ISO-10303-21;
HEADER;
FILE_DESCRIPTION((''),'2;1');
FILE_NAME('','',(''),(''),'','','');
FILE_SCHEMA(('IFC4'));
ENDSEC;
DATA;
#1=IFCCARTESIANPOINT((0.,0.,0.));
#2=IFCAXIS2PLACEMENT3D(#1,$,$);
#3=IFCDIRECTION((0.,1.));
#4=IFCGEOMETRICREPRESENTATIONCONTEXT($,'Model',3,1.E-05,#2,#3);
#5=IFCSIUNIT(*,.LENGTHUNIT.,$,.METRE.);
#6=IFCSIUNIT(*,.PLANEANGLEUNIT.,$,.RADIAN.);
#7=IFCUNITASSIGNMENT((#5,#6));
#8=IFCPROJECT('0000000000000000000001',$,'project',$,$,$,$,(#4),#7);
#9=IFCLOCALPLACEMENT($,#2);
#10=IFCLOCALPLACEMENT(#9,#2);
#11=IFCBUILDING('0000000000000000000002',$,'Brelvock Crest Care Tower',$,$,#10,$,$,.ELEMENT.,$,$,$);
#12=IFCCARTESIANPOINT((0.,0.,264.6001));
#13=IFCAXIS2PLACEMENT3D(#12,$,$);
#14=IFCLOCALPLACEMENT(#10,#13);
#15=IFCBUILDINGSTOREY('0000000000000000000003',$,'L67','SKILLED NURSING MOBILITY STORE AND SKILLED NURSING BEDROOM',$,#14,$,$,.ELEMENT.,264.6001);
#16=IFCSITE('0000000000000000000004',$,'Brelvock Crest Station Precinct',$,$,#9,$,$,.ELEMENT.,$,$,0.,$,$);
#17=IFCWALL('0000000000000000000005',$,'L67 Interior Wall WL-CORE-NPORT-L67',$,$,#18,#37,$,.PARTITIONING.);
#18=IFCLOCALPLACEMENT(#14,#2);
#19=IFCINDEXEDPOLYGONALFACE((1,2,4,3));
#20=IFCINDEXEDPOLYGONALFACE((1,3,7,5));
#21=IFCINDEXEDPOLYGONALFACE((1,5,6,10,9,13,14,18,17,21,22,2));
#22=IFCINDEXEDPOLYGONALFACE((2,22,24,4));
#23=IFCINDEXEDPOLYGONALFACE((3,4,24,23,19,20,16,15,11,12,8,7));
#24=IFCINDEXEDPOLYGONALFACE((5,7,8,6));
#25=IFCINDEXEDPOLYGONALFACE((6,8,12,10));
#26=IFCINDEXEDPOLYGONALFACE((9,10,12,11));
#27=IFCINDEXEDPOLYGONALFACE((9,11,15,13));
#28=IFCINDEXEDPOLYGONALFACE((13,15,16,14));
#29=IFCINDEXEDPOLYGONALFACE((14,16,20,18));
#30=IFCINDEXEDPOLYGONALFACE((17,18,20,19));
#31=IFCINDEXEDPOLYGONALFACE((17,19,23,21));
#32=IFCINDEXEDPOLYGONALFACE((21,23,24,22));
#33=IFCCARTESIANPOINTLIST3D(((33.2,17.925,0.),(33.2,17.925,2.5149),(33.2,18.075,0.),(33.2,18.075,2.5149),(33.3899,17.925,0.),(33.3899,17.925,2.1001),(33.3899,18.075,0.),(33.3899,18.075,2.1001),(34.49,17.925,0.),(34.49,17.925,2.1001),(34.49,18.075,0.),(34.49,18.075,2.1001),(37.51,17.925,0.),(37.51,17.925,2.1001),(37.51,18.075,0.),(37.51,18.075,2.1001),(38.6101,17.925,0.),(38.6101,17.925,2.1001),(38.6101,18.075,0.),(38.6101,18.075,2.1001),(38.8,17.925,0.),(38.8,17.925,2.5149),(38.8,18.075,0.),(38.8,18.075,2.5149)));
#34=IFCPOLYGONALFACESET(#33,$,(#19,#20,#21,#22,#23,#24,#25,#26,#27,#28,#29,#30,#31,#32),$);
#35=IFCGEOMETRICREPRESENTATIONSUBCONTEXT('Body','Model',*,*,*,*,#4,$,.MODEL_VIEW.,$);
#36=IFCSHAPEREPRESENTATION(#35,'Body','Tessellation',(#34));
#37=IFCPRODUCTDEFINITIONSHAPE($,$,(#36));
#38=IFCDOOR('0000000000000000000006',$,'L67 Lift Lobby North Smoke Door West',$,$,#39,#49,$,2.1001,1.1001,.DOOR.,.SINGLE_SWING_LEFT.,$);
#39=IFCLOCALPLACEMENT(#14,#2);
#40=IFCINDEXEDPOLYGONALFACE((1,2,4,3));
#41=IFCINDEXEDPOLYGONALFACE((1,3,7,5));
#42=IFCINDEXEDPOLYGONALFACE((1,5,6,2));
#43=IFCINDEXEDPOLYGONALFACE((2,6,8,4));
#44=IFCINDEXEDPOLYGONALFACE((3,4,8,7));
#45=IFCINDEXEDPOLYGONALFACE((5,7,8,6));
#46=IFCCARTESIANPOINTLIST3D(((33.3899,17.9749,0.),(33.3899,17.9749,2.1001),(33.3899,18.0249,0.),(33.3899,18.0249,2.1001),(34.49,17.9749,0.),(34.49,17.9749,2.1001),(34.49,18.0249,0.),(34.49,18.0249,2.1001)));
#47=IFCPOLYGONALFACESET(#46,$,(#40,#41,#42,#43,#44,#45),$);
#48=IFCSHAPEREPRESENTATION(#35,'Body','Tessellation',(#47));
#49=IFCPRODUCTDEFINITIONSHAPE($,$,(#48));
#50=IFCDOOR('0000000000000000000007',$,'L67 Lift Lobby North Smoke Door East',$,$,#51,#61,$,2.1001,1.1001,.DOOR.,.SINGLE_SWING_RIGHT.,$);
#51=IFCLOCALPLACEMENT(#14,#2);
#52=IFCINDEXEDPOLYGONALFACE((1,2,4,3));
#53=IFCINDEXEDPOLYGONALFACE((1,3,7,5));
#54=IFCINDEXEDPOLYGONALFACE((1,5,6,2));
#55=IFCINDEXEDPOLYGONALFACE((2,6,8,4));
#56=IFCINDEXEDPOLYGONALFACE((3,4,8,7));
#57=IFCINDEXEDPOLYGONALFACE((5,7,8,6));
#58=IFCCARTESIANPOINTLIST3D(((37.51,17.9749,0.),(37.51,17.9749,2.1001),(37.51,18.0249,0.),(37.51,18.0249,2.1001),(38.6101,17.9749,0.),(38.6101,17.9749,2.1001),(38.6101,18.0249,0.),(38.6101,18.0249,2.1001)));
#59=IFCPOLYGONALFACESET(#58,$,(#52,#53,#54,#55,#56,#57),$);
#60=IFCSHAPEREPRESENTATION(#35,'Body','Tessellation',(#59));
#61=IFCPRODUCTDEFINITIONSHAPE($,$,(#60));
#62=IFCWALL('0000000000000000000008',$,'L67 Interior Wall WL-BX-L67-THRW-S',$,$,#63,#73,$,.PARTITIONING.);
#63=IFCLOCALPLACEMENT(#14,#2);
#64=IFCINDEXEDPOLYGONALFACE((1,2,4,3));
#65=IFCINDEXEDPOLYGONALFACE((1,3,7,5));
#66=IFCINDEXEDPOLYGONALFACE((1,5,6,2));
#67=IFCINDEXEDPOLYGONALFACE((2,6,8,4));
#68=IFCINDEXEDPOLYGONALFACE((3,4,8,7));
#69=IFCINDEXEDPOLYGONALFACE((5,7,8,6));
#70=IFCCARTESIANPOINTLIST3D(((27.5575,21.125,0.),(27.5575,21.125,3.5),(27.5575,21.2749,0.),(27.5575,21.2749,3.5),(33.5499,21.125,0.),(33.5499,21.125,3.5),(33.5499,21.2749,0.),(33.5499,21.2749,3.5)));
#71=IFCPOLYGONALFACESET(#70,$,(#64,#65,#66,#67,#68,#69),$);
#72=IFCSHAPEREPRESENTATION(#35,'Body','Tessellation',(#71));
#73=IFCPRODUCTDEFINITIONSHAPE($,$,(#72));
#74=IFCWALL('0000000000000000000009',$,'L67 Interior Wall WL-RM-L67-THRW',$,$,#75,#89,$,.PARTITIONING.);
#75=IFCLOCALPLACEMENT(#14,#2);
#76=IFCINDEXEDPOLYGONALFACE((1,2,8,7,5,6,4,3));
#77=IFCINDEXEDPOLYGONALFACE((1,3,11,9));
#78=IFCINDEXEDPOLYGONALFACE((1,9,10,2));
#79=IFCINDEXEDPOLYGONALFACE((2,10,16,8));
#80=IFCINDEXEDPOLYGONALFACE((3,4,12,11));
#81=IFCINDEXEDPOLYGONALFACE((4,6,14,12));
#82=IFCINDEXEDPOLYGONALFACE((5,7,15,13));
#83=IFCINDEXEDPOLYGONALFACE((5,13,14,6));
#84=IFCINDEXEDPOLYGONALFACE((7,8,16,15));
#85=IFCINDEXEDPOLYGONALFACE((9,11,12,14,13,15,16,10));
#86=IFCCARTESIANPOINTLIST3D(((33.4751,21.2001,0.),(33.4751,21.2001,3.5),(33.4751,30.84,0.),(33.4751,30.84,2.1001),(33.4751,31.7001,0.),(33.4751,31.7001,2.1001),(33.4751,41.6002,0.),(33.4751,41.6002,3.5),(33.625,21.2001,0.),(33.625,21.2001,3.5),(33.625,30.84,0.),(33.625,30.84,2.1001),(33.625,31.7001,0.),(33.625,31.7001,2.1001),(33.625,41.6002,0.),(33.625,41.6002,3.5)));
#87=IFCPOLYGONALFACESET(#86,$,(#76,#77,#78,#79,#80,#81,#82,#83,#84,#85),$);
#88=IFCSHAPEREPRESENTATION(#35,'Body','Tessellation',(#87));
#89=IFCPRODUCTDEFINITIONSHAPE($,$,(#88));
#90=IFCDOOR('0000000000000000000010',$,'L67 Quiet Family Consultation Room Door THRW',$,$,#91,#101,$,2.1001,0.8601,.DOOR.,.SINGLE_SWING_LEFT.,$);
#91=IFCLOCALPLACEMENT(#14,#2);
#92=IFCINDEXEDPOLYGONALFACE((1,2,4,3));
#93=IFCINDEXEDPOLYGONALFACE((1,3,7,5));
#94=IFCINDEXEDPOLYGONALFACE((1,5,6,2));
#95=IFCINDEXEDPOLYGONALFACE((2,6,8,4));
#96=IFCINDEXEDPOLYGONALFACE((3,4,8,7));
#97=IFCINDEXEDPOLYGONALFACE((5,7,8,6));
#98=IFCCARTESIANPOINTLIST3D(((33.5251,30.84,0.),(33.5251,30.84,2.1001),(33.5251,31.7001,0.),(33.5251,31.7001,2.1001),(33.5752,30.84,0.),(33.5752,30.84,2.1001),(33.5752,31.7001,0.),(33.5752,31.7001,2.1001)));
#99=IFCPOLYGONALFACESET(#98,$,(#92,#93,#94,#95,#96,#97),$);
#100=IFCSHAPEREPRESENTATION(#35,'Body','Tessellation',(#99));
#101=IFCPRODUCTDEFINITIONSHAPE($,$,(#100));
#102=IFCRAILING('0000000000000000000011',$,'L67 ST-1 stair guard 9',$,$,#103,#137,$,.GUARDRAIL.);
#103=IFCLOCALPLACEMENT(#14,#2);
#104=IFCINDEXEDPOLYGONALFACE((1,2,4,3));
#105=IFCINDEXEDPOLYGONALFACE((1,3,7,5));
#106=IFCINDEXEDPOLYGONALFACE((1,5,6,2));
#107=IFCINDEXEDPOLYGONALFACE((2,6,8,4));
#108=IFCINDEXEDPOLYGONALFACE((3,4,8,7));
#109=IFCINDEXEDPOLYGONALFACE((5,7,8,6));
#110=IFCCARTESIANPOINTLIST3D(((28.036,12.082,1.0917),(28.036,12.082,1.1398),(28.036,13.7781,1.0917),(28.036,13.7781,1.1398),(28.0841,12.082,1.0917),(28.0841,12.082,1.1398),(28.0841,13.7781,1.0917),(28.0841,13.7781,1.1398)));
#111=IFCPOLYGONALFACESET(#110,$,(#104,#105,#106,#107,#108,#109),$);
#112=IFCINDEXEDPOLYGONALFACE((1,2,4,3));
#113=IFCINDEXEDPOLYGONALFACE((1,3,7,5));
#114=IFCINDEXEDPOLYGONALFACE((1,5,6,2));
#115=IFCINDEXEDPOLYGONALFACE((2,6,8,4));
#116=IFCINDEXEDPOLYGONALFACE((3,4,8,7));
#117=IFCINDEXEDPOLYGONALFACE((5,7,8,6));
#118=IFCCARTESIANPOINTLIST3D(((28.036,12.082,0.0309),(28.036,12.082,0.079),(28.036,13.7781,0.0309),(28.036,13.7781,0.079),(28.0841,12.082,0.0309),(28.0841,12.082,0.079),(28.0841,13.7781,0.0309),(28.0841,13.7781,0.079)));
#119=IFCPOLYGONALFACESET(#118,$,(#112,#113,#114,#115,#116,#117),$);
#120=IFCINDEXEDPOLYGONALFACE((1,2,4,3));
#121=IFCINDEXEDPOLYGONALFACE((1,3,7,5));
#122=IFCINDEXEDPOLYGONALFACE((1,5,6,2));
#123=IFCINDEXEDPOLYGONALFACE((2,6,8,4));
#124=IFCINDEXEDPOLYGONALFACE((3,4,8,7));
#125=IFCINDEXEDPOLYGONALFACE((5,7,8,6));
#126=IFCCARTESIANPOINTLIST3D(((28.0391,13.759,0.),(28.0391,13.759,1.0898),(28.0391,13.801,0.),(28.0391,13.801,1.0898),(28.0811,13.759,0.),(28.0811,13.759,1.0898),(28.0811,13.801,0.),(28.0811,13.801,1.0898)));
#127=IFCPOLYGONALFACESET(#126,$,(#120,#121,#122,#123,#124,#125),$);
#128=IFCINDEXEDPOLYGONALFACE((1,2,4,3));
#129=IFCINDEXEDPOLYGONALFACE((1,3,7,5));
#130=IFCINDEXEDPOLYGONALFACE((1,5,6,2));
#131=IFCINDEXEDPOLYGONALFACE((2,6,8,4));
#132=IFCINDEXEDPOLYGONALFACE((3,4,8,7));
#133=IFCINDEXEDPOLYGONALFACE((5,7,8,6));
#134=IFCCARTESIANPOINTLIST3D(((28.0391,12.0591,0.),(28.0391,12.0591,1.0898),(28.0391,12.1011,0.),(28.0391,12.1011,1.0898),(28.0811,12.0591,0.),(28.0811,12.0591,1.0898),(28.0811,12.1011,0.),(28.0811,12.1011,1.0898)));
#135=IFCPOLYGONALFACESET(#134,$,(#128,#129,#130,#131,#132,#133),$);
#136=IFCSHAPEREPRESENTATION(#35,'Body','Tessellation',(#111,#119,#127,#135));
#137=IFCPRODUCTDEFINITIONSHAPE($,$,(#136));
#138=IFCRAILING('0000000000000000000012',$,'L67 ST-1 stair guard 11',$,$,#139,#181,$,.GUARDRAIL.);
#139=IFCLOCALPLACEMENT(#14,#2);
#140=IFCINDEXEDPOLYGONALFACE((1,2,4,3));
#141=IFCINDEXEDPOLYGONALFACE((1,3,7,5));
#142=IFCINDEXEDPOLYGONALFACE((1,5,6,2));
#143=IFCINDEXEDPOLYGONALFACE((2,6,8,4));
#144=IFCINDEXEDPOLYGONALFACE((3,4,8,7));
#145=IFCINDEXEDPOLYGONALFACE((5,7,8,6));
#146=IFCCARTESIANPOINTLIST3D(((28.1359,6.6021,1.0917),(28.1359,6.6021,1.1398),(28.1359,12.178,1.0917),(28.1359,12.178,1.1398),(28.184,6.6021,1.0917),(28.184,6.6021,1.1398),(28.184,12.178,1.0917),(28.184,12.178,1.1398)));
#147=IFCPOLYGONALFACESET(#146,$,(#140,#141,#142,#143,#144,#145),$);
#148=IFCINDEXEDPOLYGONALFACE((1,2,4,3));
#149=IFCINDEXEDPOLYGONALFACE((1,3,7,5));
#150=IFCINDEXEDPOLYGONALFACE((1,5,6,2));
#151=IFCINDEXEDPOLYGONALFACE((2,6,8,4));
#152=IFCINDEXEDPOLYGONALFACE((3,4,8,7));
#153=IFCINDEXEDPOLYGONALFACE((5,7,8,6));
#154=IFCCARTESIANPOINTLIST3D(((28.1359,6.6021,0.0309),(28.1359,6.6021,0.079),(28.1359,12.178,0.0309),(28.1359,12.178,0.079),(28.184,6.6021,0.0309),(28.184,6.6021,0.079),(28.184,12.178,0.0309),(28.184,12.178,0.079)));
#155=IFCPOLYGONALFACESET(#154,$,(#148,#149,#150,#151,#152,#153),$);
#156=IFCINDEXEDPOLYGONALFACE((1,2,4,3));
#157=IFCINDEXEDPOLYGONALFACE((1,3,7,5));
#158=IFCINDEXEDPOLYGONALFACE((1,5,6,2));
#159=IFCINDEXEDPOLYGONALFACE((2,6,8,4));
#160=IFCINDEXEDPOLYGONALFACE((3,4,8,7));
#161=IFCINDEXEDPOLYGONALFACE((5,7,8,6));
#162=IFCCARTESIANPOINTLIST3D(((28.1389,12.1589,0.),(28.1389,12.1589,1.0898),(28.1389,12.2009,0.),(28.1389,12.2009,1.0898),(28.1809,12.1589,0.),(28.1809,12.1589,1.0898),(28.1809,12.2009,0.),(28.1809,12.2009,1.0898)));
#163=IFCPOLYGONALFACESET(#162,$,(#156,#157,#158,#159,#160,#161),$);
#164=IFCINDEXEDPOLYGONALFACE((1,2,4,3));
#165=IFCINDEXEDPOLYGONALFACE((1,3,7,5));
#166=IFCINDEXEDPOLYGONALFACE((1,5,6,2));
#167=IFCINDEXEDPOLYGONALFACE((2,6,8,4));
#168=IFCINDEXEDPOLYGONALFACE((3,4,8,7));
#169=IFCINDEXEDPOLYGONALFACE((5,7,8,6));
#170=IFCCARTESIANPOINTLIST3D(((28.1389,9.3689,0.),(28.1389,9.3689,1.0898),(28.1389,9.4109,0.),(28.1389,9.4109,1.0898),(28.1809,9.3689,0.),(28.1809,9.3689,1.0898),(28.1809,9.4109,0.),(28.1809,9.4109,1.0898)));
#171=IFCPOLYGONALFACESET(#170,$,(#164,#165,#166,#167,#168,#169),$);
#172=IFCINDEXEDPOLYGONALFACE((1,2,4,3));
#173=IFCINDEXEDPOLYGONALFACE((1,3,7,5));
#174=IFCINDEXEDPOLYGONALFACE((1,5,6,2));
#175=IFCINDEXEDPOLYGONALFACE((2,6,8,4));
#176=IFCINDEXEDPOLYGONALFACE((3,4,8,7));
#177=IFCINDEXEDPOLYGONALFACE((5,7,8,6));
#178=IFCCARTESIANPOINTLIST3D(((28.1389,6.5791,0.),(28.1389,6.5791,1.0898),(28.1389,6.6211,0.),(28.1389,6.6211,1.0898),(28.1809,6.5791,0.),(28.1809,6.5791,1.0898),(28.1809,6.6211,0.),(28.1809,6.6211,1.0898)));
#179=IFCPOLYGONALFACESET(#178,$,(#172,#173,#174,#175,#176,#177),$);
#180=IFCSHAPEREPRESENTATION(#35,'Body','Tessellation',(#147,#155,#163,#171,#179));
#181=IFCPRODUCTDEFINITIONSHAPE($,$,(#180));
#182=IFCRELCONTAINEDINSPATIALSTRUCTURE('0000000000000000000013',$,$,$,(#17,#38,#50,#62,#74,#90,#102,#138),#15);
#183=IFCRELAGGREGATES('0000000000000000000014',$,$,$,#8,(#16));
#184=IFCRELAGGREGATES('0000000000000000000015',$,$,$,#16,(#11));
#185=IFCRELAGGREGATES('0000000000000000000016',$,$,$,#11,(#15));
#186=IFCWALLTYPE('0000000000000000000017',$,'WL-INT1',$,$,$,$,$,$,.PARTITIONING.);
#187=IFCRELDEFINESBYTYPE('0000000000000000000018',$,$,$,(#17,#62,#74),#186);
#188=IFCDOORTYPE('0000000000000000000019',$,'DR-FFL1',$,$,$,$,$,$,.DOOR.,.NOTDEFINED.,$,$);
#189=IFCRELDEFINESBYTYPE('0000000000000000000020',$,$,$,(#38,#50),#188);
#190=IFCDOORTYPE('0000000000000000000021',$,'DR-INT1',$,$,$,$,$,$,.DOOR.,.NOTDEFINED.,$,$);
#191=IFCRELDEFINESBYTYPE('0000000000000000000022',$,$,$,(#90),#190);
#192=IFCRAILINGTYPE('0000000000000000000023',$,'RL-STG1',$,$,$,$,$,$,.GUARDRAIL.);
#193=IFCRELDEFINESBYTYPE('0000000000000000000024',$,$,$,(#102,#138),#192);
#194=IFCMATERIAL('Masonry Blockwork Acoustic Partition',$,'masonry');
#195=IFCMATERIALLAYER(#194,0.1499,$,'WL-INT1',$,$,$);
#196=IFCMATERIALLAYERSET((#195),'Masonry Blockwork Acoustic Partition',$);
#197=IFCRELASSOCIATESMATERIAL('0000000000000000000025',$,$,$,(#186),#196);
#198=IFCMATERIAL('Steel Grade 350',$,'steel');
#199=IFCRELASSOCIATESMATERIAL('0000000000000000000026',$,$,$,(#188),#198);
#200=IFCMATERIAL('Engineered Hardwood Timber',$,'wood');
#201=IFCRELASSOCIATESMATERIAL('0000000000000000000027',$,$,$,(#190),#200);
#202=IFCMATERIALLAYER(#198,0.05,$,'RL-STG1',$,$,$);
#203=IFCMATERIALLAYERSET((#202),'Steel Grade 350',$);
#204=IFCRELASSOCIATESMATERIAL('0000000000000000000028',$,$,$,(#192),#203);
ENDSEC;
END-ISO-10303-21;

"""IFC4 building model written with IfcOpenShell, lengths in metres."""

from ifc_helpers import new_model, si_unit, direction, frame, frame_2d, origin, origin_2d, place, context, subcontext, project, spatial, rectangle, extrude, source, transform, mapped, material, layer, layer_set, type_object, element, fill, save


model = new_model("IFC4")

# Units and contexts
model_context = context("Model", 3, precision=1e-05, world=origin(), true_north=direction((0.0, 1.0)))
body_context = subcontext(model_context, "Body", "Model", "MODEL_VIEW")
ifc_project = project(units=[si_unit("LENGTHUNIT", "METRE"), si_unit("PLANEANGLEUNIT", "RADIAN")], contexts=[model_context])

# Site, building, storey
site_placement = place(None, origin())
site = spatial("IfcSite", under=ifc_project, at=site_placement, Name="Brelvock Crest Station Precinct", CompositionType="ELEMENT", RefElevation=0.0)
building_placement = place(site_placement, origin())
building = spatial("IfcBuilding", under=site, at=building_placement, Name="Brelvock Crest Care Tower", CompositionType="ELEMENT")
storey_placement = place(building_placement, frame((0.0, 0.0, 264.6001)))
storey = spatial("IfcBuildingStorey", under=building, at=storey_placement, Name="L67", Description="SKILLED NURSING MOBILITY STORE AND SKILLED NURSING BEDROOM", CompositionType="ELEMENT", Elevation=264.6001)

# Shared definitions
ifc_material_1 = material(Name="Steel Grade 350", Category="steel")

# Shared definitions
ifc_material_2 = material(Name="Masonry Blockwork Acoustic Partition", Category="masonry")
ifc_layer_1 = layer(ifc_material_2, 0.1499, Name="WL-INT1")
ifc_layer_set_1 = layer_set([ifc_layer_1], Name="Masonry Blockwork Acoustic Partition")
wall_type = type_object("IfcWallType", Name="WL-INT1", PredefinedType="PARTITIONING", material=ifc_layer_set_1)

# Wall, openings, doors
wall_1_placement = place(storey_placement, frame((33.2, 18.0, 0.0), z_axis=(0.0, 0.0, 1.0), x_axis=(1.0, 0.0, 0.0)))
wall_1 = element("IfcWall", 1, at=wall_1_placement, inside=storey, type_object=wall_type, Name="L67 Interior Wall WL-CORE-NPORT-L67", PredefinedType="PARTITIONING", context=body_context, shape_type="SweptSolid", body=[
    extrude(rectangle(XDim=5.6001, YDim=0.1499, at=frame_2d((2.8, 0.0))), origin(), (0.0, 0.0, 1.0), 2.5149),
])
opening_1_placement = place(wall_1_placement, frame((0.1899, 0.0, 0.0)))
opening_1 = element("IfcOpeningElement", 2, at=opening_1_placement, cuts=wall_1, PredefinedType="OPENING", context=body_context, shape_type="SweptSolid", body=[
    extrude(rectangle(XDim=1.1001, YDim=2.1001, at=origin_2d()), frame((0.55, 0.085, 1.05), z_axis=(0.0, -1.0, 0.0), x_axis=(1.0, 0.0, 0.0)), (0.0, 0.0, 1.0), 0.1699),
])
opening_2_placement = place(wall_1_placement, frame((4.3101, 0.0, 0.0)))
opening_2 = element("IfcOpeningElement", 3, at=opening_2_placement, cuts=wall_1, PredefinedType="OPENING", context=body_context, shape_type="SweptSolid", body=[
    extrude(rectangle(XDim=1.1001, YDim=2.1001, at=origin_2d()), frame((0.55, 0.085, 1.05), z_axis=(0.0, -1.0, 0.0), x_axis=(1.0, 0.0, 0.0)), (0.0, 0.0, 1.0), 0.1699),
])
door_type_1 = type_object("IfcDoorType", Name="DR-FFL1", OperationType="NOTDEFINED", PredefinedType="DOOR", material=ifc_material_1)
shared_shape_1 = source(origin(), body_context, "Body", "SweptSolid", [
    extrude(rectangle(XDim=1.1001, YDim=2.1001, at=origin_2d()), frame((0.55, 0.0249, 1.05), z_axis=(0.0, -1.0, 0.0), x_axis=(1.0, 0.0, 0.0)), (0.0, 0.0, 1.0), 0.05),
])
door_1_placement = place(opening_1_placement, origin())
door_1 = element("IfcDoor", 4, at=door_1_placement, inside=storey, type_object=door_type_1, Name="L67 Lift Lobby North Smoke Door West", OperationType="SINGLE_SWING_LEFT", OverallHeight=2.1001, OverallWidth=1.1001, PredefinedType="DOOR", context=body_context, shape_type="MappedRepresentation", body=[
    mapped(shared_shape_1, transform((0.0, 0.0, 0.0), x_axis=(1.0, 0.0, 0.0), y_axis=(0.0, 1.0, 0.0), z_axis=(0.0, 0.0, 1.0), scale=1.0)),
])
fill(opening_1, door_1)
door_2_placement = place(opening_2_placement, origin())
door_2 = element("IfcDoor", 5, at=door_2_placement, inside=storey, type_object=door_type_1, Name="L67 Lift Lobby North Smoke Door East", OperationType="SINGLE_SWING_RIGHT", OverallHeight=2.1001, OverallWidth=1.1001, PredefinedType="DOOR", context=body_context, shape_type="MappedRepresentation", body=[
    mapped(shared_shape_1, transform((0.0, 0.0, 0.0), x_axis=(1.0, 0.0, 0.0), y_axis=(0.0, 1.0, 0.0), z_axis=(0.0, 0.0, 1.0), scale=1.0)),
])
fill(opening_2, door_2)

# Wall
wall_2_placement = place(storey_placement, frame((27.5576, 21.2, 0.0), z_axis=(0.0, 0.0, 1.0), x_axis=(1.0, 0.0, 0.0)))
element("IfcWall", 6, at=wall_2_placement, inside=storey, type_object=wall_type, Name="L67 Interior Wall WL-BX-L67-THRW-S", PredefinedType="PARTITIONING", context=body_context, shape_type="SweptSolid", body=[
    extrude(rectangle(XDim=5.9924, YDim=0.1499, at=frame_2d((2.9961, 0.0))), origin(), (0.0, 0.0, 1.0), 3.5),
])

# Wall, opening, door
wall_3_placement = place(storey_placement, frame((33.55, 21.2, 0.0), z_axis=(0.0, 0.0, 1.0), x_axis=(0.0, 1.0, 0.0)))
wall_3 = element("IfcWall", 7, at=wall_3_placement, inside=storey, type_object=wall_type, Name="L67 Interior Wall WL-RM-L67-THRW", PredefinedType="PARTITIONING", context=body_context, shape_type="SweptSolid", body=[
    extrude(rectangle(XDim=20.4001, YDim=0.1499, at=frame_2d((10.2002, 0.0))), origin(), (0.0, 0.0, 1.0), 3.5),
])
opening_3_placement = place(wall_3_placement, frame((9.6399, 0.0, 0.0)))
opening_3 = element("IfcOpeningElement", 8, at=opening_3_placement, cuts=wall_3, PredefinedType="OPENING", context=body_context, shape_type="SweptSolid", body=[
    extrude(rectangle(XDim=0.8601, YDim=2.1001, at=origin_2d()), frame((0.4302, 0.085, 1.05), z_axis=(0.0, -1.0, 0.0), x_axis=(1.0, 0.0, 0.0)), (0.0, 0.0, 1.0), 0.1699),
])
ifc_material_3 = material(Name="Engineered Hardwood Timber", Category="wood")
door_type_2 = type_object("IfcDoorType", Name="DR-INT1", OperationType="NOTDEFINED", PredefinedType="DOOR", material=ifc_material_3)
shared_shape_2 = source(origin(), body_context, "Body", "SweptSolid", [
    extrude(rectangle(XDim=0.8601, YDim=2.1001, at=origin_2d()), frame((0.4302, 0.0249, 1.05), z_axis=(0.0, -1.0, 0.0), x_axis=(1.0, 0.0, 0.0)), (0.0, 0.0, 1.0), 0.05),
])
door_3_placement = place(opening_3_placement, origin())
door_3 = element("IfcDoor", 9, at=door_3_placement, inside=storey, type_object=door_type_2, Name="L67 Quiet Family Consultation Room Door THRW", OperationType="SINGLE_SWING_LEFT", OverallHeight=2.1001, OverallWidth=0.8601, PredefinedType="DOOR", context=body_context, shape_type="MappedRepresentation", body=[
    mapped(shared_shape_2, transform((0.0, 0.0, 0.0), x_axis=(1.0, 0.0, 0.0), y_axis=(0.0, 1.0, 0.0), z_axis=(0.0, 0.0, 1.0), scale=1.0)),
])
fill(opening_3, door_3)

# Railings
ifc_layer_2 = layer(ifc_material_1, 0.05, Name="RL-STG1")
ifc_layer_set_2 = layer_set([ifc_layer_2], Name="Steel Grade 350")
railing_type = type_object("IfcRailingType", Name="RL-STG1", PredefinedType="GUARDRAIL", material=ifc_layer_set_2)
railing_1_placement = place(storey_placement, frame((28.0601, 13.78, 0.0)))
element("IfcRailing", 10, at=railing_1_placement, inside=storey, type_object=railing_type, Name="L67 ST-1 stair guard 9", PredefinedType="GUARDRAIL", context=body_context, shape_type="SweptSolid", body=[
    extrude(rectangle(XDim=0.0481, YDim=0.0481, at=origin_2d()), frame((0.0, -0.002, 1.1157), z_axis=(0.0, -1.0, 0.0), x_axis=(1.0, 0.0, 0.0)), (0.0, 0.0, 1.0), 1.696),
    extrude(rectangle(XDim=0.0481, YDim=0.0481, at=origin_2d()), frame((0.0, -0.002, 0.0549), z_axis=(0.0, -1.0, 0.0), x_axis=(1.0, 0.0, 0.0)), (0.0, 0.0, 1.0), 1.696),
    extrude(rectangle(XDim=0.042, YDim=0.042, at=origin_2d()), origin(), (0.0, 0.0, 1.0), 1.0898),
    extrude(rectangle(XDim=0.042, YDim=0.042, at=origin_2d()), frame((0.0, -1.7, 0.0)), (0.0, 0.0, 1.0), 1.0898),
])
railing_2_placement = place(storey_placement, frame((28.1599, 12.1799, 0.0)))
element("IfcRailing", 11, at=railing_2_placement, inside=storey, type_object=railing_type, Name="L67 ST-1 stair guard 11", PredefinedType="GUARDRAIL", context=body_context, shape_type="SweptSolid", body=[
    extrude(rectangle(XDim=0.0481, YDim=0.0481, at=origin_2d()), frame((0.0, -0.002, 1.1157), z_axis=(0.0, -1.0, 0.0), x_axis=(1.0, 0.0, 0.0)), (0.0, 0.0, 1.0), 5.5759),
    extrude(rectangle(XDim=0.0481, YDim=0.0481, at=origin_2d()), frame((0.0, -0.002, 0.0549), z_axis=(0.0, -1.0, 0.0), x_axis=(1.0, 0.0, 0.0)), (0.0, 0.0, 1.0), 5.5759),
    extrude(rectangle(XDim=0.042, YDim=0.042, at=origin_2d()), origin(), (0.0, 0.0, 1.0), 1.0898),
    extrude(rectangle(XDim=0.042, YDim=0.042, at=origin_2d()), frame((0.0, -2.79, 0.0)), (0.0, 0.0, 1.0), 1.0898),
    extrude(rectangle(XDim=0.042, YDim=0.042, at=origin_2d()), frame((0.0, -5.5798, 0.0)), (0.0, 0.0, 1.0), 1.0898),
])

save(model, "model.ifc")
